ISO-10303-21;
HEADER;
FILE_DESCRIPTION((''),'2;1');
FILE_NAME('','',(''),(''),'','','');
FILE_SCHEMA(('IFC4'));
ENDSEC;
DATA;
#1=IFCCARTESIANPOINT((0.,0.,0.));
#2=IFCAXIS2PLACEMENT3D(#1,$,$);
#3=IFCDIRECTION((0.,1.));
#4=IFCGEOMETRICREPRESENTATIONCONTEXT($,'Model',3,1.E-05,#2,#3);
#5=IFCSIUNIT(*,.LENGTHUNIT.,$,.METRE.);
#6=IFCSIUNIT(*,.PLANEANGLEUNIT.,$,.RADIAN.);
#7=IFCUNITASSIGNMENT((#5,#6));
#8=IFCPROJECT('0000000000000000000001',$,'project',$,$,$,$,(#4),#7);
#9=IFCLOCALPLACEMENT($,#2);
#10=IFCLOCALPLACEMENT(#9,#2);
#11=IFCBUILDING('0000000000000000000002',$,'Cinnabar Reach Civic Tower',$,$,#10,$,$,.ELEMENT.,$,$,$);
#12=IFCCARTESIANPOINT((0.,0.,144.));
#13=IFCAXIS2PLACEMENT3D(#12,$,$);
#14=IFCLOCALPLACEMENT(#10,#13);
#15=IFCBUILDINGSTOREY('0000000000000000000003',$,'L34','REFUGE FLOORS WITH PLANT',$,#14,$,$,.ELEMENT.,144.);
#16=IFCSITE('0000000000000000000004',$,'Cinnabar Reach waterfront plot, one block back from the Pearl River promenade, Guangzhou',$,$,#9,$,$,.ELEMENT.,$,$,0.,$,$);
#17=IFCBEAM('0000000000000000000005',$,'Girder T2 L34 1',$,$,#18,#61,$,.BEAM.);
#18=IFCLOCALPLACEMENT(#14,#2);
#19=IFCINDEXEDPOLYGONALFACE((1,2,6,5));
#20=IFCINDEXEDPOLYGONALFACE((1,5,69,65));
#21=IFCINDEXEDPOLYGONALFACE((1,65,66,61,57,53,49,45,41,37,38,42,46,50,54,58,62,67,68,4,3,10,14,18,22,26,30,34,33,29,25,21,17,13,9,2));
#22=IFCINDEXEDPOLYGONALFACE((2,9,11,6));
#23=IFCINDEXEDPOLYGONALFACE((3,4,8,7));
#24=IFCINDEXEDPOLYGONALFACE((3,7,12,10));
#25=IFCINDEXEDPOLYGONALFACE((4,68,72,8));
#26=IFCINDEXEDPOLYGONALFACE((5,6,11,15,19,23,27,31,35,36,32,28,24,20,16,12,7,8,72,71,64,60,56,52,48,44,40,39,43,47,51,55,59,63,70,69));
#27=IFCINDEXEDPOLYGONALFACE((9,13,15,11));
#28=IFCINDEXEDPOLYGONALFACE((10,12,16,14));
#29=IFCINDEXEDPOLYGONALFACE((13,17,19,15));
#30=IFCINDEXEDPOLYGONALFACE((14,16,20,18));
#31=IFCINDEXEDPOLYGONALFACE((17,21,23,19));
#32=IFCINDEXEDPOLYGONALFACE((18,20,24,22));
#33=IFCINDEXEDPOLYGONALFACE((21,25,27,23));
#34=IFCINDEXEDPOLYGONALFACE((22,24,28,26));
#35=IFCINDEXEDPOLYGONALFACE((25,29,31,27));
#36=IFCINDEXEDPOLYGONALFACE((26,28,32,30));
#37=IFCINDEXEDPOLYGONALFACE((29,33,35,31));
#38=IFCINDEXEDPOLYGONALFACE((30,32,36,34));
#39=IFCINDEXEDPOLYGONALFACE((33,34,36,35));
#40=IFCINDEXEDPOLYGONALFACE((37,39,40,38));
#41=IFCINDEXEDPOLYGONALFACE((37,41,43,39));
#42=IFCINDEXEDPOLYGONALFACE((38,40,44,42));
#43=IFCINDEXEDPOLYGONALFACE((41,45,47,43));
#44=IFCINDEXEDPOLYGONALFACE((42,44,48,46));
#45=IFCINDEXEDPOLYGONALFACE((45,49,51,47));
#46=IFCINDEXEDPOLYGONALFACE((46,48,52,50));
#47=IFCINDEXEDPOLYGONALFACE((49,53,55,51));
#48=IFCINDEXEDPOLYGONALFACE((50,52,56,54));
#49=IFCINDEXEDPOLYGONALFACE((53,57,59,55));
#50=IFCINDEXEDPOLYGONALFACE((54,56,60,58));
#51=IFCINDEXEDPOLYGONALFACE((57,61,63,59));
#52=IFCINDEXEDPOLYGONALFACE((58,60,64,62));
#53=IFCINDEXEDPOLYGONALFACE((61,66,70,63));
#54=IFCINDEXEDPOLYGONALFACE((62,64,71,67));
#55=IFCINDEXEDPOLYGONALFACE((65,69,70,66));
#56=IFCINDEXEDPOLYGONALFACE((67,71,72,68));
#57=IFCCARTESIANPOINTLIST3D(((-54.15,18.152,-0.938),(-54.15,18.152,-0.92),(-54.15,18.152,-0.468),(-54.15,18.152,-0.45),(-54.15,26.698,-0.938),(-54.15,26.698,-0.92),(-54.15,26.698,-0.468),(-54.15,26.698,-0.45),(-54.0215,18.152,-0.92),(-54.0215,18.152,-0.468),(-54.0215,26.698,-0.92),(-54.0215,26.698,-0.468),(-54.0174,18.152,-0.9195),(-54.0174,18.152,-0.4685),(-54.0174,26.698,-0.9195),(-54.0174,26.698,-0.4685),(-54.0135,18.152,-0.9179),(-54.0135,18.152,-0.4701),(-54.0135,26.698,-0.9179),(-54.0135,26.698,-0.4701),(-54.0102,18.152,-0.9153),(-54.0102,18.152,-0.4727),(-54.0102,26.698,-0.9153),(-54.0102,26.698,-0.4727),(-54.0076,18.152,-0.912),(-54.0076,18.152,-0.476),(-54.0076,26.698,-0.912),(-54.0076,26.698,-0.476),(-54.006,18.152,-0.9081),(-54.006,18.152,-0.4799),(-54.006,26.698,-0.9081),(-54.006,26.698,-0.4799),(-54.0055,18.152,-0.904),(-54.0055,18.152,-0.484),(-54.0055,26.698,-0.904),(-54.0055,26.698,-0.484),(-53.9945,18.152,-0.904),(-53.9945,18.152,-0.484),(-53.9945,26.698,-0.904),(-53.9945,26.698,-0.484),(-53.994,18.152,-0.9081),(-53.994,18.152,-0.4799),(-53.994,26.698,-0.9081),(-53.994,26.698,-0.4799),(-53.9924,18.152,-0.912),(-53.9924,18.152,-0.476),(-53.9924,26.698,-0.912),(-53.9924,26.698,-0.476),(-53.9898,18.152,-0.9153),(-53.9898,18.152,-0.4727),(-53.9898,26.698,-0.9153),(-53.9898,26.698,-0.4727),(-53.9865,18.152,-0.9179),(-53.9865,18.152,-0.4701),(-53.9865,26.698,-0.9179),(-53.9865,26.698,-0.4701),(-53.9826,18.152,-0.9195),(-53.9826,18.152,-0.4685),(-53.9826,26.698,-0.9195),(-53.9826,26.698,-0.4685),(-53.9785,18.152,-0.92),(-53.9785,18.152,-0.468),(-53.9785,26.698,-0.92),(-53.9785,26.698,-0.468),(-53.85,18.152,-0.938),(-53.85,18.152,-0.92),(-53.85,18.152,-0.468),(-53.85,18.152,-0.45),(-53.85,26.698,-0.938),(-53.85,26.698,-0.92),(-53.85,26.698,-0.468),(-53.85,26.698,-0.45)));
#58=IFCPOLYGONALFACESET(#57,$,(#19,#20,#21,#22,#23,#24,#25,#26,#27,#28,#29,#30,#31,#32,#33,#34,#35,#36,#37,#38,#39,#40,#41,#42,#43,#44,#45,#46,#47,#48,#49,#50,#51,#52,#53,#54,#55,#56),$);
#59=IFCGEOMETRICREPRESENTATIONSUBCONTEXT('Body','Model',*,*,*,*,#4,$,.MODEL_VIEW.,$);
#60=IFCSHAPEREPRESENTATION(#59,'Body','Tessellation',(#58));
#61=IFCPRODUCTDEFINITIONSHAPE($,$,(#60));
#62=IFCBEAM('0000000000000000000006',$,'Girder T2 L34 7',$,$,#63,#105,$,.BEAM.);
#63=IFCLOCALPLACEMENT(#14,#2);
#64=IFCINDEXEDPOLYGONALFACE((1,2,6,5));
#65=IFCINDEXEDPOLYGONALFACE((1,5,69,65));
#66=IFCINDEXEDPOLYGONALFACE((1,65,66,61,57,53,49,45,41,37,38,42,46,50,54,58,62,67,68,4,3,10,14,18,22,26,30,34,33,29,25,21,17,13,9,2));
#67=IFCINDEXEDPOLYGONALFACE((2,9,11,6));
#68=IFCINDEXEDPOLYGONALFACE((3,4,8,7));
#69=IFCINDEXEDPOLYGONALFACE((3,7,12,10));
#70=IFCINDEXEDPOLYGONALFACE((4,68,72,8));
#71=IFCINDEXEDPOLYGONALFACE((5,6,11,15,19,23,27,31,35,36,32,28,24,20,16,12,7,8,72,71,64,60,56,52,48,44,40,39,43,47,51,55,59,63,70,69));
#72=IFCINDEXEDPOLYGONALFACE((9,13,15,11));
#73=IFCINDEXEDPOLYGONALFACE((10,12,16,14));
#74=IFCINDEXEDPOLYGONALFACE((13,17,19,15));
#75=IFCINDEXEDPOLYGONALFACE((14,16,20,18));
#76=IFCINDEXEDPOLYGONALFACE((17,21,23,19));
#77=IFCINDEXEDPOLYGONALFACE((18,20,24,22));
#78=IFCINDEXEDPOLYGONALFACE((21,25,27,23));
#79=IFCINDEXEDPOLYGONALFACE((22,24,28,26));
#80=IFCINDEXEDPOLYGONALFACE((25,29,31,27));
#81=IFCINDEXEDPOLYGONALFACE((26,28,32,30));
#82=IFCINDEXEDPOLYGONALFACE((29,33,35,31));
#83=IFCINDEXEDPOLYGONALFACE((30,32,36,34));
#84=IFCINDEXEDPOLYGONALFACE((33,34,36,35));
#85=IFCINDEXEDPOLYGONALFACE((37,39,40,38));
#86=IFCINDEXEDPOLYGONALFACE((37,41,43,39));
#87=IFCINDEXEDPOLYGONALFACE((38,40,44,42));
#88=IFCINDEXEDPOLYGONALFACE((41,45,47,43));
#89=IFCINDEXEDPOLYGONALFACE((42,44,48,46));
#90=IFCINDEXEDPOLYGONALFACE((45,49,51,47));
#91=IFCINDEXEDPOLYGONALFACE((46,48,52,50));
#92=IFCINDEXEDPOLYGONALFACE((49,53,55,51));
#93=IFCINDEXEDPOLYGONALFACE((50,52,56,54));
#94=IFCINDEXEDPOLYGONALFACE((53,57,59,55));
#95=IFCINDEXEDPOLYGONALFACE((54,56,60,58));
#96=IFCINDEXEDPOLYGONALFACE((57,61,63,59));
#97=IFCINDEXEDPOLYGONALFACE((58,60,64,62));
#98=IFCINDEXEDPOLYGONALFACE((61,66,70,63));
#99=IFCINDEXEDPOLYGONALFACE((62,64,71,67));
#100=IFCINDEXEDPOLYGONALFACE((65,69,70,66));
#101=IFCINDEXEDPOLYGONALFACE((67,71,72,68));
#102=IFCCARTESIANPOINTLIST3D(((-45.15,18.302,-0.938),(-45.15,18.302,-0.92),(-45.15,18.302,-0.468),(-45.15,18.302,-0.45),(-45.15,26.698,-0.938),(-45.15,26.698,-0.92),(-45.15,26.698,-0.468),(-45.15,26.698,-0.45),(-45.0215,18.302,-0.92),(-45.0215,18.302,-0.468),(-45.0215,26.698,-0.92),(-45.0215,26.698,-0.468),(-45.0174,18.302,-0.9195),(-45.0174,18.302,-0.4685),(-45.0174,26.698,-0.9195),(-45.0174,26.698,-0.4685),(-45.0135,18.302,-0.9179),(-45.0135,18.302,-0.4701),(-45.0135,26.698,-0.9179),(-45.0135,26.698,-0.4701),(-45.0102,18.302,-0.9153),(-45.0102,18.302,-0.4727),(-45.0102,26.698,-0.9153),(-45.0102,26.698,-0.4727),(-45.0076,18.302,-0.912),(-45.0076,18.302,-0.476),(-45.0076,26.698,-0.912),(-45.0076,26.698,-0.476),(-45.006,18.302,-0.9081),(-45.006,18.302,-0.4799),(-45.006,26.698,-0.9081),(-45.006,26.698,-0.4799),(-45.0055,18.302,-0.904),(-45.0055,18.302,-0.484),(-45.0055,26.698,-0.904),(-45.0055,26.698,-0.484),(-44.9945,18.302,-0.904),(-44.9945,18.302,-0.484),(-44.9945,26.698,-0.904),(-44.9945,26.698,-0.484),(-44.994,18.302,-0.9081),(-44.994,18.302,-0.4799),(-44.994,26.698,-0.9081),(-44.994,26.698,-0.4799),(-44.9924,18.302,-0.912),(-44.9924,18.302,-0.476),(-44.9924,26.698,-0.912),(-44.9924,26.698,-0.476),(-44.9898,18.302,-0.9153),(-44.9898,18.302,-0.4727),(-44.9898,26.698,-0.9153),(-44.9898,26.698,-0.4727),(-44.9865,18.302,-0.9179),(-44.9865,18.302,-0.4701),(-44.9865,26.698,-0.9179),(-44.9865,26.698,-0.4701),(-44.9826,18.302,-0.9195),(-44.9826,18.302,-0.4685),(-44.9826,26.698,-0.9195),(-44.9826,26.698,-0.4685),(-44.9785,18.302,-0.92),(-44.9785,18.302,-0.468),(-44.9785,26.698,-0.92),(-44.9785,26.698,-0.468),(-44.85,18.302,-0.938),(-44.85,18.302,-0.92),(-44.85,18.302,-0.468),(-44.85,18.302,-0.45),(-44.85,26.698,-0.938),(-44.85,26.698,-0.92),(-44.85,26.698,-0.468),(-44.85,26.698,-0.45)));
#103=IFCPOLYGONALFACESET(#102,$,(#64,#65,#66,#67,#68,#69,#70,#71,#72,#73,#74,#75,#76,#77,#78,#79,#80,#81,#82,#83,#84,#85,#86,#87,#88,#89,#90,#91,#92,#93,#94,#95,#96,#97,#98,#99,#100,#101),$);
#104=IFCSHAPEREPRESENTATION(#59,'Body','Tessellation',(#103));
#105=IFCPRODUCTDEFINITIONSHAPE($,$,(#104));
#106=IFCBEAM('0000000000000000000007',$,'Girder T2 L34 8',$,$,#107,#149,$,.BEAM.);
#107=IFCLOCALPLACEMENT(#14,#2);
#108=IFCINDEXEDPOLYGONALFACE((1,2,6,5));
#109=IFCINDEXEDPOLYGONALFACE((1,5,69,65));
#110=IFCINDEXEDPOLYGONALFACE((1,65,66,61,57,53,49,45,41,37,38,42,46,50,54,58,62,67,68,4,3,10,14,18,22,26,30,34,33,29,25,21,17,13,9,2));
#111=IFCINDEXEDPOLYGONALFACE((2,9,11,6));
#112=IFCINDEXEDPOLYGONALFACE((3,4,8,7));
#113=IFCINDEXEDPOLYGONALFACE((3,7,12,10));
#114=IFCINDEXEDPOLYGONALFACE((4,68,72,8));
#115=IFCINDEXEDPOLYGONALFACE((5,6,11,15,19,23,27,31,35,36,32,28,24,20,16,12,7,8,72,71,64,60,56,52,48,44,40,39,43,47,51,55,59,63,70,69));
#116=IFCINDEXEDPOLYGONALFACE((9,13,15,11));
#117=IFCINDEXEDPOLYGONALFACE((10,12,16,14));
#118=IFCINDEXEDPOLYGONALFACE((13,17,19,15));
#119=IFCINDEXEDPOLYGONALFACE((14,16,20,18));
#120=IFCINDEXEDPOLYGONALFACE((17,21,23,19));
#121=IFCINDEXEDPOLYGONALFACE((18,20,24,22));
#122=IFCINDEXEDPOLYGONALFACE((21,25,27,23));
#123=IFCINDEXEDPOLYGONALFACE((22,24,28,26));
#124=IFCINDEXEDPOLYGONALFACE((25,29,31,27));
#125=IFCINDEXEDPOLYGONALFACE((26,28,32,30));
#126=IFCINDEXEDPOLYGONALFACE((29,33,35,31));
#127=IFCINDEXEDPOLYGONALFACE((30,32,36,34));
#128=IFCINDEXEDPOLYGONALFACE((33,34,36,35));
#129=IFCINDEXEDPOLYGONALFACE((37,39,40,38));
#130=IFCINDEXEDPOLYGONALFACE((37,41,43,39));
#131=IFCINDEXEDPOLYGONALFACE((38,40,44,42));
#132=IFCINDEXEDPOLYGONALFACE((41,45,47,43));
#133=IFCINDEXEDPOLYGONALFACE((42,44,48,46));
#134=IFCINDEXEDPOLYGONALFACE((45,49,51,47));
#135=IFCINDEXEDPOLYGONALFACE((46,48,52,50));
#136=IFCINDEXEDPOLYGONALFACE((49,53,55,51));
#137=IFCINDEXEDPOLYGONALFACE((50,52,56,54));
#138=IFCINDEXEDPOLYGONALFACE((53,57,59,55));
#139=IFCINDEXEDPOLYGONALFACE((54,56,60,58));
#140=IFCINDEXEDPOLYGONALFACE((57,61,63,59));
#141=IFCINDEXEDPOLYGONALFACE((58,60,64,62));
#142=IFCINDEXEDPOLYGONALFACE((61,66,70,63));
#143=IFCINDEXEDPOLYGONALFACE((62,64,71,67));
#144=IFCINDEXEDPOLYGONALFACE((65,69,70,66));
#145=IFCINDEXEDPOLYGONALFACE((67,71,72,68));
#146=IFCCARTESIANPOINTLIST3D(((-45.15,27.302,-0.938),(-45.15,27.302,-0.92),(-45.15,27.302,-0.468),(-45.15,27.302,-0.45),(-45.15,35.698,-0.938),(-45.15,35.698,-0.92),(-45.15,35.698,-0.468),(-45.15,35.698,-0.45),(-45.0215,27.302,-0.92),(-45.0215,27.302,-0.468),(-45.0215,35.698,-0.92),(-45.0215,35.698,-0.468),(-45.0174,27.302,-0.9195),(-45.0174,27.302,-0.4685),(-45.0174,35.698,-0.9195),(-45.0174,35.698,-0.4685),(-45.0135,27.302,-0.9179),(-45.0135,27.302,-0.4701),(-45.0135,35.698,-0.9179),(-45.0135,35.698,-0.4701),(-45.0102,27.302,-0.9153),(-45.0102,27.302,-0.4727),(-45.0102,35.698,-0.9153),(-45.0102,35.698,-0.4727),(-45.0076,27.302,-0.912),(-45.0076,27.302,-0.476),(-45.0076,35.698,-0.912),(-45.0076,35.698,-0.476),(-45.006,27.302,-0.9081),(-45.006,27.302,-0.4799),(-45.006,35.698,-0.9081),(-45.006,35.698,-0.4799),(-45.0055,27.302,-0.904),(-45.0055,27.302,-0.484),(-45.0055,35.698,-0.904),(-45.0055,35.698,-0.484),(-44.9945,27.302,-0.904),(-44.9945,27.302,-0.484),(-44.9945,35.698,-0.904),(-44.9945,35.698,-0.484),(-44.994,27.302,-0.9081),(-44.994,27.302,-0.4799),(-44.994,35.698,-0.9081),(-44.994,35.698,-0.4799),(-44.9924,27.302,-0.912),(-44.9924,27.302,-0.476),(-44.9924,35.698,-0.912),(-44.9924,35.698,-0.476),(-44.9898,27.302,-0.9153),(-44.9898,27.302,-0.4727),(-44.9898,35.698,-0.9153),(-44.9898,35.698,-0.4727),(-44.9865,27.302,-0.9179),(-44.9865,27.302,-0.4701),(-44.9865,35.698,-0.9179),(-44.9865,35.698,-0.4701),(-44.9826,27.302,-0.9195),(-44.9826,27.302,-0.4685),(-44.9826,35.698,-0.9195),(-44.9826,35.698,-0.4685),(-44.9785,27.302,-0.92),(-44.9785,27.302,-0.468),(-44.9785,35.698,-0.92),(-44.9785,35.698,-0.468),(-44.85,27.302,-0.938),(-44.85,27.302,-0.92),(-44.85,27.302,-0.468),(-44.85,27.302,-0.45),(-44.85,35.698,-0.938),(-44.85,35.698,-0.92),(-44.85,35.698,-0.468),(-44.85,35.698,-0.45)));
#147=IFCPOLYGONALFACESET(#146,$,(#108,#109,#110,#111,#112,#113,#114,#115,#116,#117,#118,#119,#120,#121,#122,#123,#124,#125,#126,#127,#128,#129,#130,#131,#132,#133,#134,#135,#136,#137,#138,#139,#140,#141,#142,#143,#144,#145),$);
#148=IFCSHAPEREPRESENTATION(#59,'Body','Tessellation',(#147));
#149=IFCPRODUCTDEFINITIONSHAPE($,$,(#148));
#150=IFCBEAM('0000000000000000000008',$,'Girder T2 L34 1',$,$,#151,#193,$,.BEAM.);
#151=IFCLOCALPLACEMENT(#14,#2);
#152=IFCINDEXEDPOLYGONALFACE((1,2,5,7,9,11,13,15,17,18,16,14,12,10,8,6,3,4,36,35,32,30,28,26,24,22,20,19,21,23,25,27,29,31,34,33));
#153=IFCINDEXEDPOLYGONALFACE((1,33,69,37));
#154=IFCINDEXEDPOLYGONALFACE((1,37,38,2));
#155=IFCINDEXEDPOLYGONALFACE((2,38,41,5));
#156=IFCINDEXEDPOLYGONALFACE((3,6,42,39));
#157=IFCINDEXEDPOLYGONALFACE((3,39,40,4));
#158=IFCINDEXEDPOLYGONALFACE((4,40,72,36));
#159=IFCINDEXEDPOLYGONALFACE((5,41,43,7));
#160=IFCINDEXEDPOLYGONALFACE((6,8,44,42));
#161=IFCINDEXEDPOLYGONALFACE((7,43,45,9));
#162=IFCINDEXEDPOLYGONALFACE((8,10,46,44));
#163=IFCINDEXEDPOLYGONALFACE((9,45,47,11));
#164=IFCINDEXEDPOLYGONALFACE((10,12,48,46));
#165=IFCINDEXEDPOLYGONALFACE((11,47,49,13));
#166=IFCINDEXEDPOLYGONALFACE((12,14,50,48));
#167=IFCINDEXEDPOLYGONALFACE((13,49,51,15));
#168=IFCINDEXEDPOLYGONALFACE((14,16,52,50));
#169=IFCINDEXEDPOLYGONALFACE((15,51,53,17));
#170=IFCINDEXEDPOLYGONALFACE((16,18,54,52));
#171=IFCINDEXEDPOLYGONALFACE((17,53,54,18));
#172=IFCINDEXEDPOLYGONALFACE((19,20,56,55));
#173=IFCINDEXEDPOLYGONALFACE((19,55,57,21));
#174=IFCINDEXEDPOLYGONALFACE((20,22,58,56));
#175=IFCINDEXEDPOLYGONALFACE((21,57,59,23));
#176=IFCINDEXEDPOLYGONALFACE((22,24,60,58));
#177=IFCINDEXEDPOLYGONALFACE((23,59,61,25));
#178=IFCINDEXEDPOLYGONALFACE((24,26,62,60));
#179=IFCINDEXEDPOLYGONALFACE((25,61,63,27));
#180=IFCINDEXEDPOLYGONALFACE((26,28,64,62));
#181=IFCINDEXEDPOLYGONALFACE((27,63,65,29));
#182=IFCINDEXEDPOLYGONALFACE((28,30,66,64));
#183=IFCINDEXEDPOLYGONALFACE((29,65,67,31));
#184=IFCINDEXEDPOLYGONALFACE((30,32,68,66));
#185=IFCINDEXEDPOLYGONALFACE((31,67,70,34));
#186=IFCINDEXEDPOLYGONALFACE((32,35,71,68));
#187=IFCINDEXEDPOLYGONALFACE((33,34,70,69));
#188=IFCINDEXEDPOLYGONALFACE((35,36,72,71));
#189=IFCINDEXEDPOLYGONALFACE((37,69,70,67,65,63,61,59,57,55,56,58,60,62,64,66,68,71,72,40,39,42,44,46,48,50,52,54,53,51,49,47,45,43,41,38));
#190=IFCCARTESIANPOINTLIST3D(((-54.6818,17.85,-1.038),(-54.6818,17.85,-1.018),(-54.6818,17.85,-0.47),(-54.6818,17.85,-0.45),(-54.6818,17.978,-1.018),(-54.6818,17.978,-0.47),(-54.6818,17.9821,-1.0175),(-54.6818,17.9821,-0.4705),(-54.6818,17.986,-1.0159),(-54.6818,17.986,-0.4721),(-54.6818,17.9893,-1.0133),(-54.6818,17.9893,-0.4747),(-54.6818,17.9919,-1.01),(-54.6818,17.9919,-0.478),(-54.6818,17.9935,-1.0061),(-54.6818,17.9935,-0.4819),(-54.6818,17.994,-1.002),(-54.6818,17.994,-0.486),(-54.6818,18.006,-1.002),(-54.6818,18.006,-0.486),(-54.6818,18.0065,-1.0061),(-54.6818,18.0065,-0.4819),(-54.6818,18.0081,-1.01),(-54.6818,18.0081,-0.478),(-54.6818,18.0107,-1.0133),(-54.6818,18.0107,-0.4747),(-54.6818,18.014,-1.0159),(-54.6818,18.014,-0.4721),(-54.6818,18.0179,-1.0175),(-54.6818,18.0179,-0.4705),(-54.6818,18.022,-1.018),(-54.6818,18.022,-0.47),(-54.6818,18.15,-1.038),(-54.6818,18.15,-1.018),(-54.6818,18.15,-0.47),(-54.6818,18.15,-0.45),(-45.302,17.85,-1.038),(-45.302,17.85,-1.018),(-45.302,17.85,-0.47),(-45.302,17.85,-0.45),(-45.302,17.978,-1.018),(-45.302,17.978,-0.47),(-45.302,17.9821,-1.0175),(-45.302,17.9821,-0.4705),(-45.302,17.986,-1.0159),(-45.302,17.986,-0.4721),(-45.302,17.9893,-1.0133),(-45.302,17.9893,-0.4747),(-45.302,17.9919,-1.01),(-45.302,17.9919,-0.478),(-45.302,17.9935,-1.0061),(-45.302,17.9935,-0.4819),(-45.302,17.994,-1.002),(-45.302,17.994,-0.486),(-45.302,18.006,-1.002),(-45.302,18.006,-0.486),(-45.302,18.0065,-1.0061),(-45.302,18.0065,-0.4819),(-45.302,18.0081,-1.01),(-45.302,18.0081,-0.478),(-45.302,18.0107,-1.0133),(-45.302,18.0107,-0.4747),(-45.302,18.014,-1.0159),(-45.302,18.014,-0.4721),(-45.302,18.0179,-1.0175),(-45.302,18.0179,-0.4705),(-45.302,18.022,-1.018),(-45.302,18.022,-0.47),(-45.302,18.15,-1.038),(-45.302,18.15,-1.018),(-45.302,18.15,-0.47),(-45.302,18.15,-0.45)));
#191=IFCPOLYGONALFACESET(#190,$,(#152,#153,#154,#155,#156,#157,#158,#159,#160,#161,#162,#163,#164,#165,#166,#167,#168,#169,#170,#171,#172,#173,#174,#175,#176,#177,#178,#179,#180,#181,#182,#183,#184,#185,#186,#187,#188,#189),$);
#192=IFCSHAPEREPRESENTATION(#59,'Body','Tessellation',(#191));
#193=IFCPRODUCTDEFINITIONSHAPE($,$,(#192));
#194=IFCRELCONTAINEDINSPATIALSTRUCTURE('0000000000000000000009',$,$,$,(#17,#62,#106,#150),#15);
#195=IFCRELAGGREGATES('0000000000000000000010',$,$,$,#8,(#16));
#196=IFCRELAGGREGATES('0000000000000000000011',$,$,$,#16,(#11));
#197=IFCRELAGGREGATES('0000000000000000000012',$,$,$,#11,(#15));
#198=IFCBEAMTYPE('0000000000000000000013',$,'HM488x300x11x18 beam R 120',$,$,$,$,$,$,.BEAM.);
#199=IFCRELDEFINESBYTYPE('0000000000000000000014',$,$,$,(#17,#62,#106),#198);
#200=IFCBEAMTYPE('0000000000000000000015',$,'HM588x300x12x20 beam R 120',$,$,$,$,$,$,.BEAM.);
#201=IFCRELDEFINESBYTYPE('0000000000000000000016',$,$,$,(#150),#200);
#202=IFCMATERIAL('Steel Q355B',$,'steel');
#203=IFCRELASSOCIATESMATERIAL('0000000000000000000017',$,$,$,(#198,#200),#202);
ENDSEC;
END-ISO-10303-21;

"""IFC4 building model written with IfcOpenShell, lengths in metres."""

from ifc_helpers import new_model, si_unit, direction, frame, origin, origin_2d, place, context, subcontext, project, spatial, i_section, extrude, material, material_profile, profile_set, type_object, element, save


model = new_model("IFC4")

# Units and contexts
model_context = context("Model", 3, precision=1e-05, world=origin(), true_north=direction((0.0, 1.0)))
body_context = subcontext(model_context, "Body", "Model", "MODEL_VIEW")
ifc_project = project(units=[si_unit("LENGTHUNIT", "METRE"), si_unit("PLANEANGLEUNIT", "RADIAN")], contexts=[model_context])

# Site, building, storey
site_placement = place(None, origin())
site = spatial("IfcSite", under=ifc_project, at=site_placement, Name="Cinnabar Reach waterfront plot, one block back from the Pearl River promenade, Guangzhou", CompositionType="ELEMENT", RefElevation=0.0)
building_placement = place(site_placement, origin())
building = spatial("IfcBuilding", under=site, at=building_placement, Name="Cinnabar Reach Civic Tower", CompositionType="ELEMENT")
storey_placement = place(building_placement, frame((0.0, 0.0, 144.0)))
storey = spatial("IfcBuildingStorey", under=building, at=storey_placement, Name="L34", Description="REFUGE FLOORS WITH PLANT", CompositionType="ELEMENT", Elevation=144.0)

# Beams
ifc_material_1 = material(Name="Steel Q355B", Category="steel")
ifc_material_profile_1 = material_profile(ifc_material_1, i_section(OverallWidth=0.3, OverallDepth=0.488, WebThickness=0.011, FlangeThickness=0.018, FilletRadius=0.016, at=origin_2d()), Name="HM488x300x11x18")
ifc_profile_set_1 = profile_set([ifc_material_profile_1], Name="Steel Q355B")
beam_type_1 = type_object("IfcBeamType", Name="HM488x300x11x18 beam R 120", PredefinedType="BEAM", material=ifc_profile_set_1)
beam_1_placement = place(storey_placement, frame((-54.0, 18.152, -0.694), z_axis=(0.0, 1.0, 0.0), x_axis=(-1.0, 0.0, 0.0)))
element("IfcBeam", 1, at=beam_1_placement, inside=storey, type_object=beam_type_1, Name="Girder T2 L34 1", PredefinedType="BEAM", context=body_context, shape_type="SweptSolid", body=[
    extrude(i_section(OverallWidth=0.3, OverallDepth=0.488, WebThickness=0.011, FlangeThickness=0.018, FilletRadius=0.016, at=origin_2d()), origin(), (0.0, 0.0, 1.0), 8.546),
])
for number, where, z_axis, x_axis, name in (
    (2, (-45.0, 18.302, -0.694), (0.0, 1.0, 0.0), (-1.0, 0.0, 0.0), "Girder T2 L34 7"),
    (3, (-45.0, 27.302, -0.694), (0.0, 1.0, 0.0), (-1.0, 0.0, 0.0), "Girder T2 L34 8"),
):
    element("IfcBeam", number, at=place(storey_placement, frame(where, z_axis=z_axis, x_axis=x_axis)), inside=storey, type_object=beam_type_1, Name=name, PredefinedType="BEAM", context=body_context, shape_type="SweptSolid", body=[
        extrude(i_section(OverallWidth=0.3, OverallDepth=0.488, WebThickness=0.011, FlangeThickness=0.018, FilletRadius=0.016, at=origin_2d()), origin(), (0.0, 0.0, 1.0), 8.396),
    ])
ifc_material_profile_2 = material_profile(ifc_material_1, i_section(OverallWidth=0.3, OverallDepth=0.588, WebThickness=0.012, FlangeThickness=0.02, FilletRadius=0.016, at=origin_2d()), Name="HM588x300x12x20")
ifc_profile_set_2 = profile_set([ifc_material_profile_2], Name="Steel Q355B")
beam_type_2 = type_object("IfcBeamType", Name="HM588x300x12x20 beam R 120", PredefinedType="BEAM", material=ifc_profile_set_2)
beam_2_placement = place(storey_placement, frame((-54.6818, 18.0, -0.744), z_axis=(1.0, 0.0, 0.0), x_axis=(0.0, 1.0, 0.0)))
element("IfcBeam", 4, at=beam_2_placement, inside=storey, type_object=beam_type_2, Name="Girder T2 L34 1", PredefinedType="BEAM", context=body_context, shape_type="SweptSolid", body=[
    extrude(i_section(OverallWidth=0.3, OverallDepth=0.588, WebThickness=0.012, FlangeThickness=0.02, FilletRadius=0.016, at=origin_2d()), origin(), (0.0, 0.0, 1.0), 9.3798),
])

save(model, "model.ifc")
